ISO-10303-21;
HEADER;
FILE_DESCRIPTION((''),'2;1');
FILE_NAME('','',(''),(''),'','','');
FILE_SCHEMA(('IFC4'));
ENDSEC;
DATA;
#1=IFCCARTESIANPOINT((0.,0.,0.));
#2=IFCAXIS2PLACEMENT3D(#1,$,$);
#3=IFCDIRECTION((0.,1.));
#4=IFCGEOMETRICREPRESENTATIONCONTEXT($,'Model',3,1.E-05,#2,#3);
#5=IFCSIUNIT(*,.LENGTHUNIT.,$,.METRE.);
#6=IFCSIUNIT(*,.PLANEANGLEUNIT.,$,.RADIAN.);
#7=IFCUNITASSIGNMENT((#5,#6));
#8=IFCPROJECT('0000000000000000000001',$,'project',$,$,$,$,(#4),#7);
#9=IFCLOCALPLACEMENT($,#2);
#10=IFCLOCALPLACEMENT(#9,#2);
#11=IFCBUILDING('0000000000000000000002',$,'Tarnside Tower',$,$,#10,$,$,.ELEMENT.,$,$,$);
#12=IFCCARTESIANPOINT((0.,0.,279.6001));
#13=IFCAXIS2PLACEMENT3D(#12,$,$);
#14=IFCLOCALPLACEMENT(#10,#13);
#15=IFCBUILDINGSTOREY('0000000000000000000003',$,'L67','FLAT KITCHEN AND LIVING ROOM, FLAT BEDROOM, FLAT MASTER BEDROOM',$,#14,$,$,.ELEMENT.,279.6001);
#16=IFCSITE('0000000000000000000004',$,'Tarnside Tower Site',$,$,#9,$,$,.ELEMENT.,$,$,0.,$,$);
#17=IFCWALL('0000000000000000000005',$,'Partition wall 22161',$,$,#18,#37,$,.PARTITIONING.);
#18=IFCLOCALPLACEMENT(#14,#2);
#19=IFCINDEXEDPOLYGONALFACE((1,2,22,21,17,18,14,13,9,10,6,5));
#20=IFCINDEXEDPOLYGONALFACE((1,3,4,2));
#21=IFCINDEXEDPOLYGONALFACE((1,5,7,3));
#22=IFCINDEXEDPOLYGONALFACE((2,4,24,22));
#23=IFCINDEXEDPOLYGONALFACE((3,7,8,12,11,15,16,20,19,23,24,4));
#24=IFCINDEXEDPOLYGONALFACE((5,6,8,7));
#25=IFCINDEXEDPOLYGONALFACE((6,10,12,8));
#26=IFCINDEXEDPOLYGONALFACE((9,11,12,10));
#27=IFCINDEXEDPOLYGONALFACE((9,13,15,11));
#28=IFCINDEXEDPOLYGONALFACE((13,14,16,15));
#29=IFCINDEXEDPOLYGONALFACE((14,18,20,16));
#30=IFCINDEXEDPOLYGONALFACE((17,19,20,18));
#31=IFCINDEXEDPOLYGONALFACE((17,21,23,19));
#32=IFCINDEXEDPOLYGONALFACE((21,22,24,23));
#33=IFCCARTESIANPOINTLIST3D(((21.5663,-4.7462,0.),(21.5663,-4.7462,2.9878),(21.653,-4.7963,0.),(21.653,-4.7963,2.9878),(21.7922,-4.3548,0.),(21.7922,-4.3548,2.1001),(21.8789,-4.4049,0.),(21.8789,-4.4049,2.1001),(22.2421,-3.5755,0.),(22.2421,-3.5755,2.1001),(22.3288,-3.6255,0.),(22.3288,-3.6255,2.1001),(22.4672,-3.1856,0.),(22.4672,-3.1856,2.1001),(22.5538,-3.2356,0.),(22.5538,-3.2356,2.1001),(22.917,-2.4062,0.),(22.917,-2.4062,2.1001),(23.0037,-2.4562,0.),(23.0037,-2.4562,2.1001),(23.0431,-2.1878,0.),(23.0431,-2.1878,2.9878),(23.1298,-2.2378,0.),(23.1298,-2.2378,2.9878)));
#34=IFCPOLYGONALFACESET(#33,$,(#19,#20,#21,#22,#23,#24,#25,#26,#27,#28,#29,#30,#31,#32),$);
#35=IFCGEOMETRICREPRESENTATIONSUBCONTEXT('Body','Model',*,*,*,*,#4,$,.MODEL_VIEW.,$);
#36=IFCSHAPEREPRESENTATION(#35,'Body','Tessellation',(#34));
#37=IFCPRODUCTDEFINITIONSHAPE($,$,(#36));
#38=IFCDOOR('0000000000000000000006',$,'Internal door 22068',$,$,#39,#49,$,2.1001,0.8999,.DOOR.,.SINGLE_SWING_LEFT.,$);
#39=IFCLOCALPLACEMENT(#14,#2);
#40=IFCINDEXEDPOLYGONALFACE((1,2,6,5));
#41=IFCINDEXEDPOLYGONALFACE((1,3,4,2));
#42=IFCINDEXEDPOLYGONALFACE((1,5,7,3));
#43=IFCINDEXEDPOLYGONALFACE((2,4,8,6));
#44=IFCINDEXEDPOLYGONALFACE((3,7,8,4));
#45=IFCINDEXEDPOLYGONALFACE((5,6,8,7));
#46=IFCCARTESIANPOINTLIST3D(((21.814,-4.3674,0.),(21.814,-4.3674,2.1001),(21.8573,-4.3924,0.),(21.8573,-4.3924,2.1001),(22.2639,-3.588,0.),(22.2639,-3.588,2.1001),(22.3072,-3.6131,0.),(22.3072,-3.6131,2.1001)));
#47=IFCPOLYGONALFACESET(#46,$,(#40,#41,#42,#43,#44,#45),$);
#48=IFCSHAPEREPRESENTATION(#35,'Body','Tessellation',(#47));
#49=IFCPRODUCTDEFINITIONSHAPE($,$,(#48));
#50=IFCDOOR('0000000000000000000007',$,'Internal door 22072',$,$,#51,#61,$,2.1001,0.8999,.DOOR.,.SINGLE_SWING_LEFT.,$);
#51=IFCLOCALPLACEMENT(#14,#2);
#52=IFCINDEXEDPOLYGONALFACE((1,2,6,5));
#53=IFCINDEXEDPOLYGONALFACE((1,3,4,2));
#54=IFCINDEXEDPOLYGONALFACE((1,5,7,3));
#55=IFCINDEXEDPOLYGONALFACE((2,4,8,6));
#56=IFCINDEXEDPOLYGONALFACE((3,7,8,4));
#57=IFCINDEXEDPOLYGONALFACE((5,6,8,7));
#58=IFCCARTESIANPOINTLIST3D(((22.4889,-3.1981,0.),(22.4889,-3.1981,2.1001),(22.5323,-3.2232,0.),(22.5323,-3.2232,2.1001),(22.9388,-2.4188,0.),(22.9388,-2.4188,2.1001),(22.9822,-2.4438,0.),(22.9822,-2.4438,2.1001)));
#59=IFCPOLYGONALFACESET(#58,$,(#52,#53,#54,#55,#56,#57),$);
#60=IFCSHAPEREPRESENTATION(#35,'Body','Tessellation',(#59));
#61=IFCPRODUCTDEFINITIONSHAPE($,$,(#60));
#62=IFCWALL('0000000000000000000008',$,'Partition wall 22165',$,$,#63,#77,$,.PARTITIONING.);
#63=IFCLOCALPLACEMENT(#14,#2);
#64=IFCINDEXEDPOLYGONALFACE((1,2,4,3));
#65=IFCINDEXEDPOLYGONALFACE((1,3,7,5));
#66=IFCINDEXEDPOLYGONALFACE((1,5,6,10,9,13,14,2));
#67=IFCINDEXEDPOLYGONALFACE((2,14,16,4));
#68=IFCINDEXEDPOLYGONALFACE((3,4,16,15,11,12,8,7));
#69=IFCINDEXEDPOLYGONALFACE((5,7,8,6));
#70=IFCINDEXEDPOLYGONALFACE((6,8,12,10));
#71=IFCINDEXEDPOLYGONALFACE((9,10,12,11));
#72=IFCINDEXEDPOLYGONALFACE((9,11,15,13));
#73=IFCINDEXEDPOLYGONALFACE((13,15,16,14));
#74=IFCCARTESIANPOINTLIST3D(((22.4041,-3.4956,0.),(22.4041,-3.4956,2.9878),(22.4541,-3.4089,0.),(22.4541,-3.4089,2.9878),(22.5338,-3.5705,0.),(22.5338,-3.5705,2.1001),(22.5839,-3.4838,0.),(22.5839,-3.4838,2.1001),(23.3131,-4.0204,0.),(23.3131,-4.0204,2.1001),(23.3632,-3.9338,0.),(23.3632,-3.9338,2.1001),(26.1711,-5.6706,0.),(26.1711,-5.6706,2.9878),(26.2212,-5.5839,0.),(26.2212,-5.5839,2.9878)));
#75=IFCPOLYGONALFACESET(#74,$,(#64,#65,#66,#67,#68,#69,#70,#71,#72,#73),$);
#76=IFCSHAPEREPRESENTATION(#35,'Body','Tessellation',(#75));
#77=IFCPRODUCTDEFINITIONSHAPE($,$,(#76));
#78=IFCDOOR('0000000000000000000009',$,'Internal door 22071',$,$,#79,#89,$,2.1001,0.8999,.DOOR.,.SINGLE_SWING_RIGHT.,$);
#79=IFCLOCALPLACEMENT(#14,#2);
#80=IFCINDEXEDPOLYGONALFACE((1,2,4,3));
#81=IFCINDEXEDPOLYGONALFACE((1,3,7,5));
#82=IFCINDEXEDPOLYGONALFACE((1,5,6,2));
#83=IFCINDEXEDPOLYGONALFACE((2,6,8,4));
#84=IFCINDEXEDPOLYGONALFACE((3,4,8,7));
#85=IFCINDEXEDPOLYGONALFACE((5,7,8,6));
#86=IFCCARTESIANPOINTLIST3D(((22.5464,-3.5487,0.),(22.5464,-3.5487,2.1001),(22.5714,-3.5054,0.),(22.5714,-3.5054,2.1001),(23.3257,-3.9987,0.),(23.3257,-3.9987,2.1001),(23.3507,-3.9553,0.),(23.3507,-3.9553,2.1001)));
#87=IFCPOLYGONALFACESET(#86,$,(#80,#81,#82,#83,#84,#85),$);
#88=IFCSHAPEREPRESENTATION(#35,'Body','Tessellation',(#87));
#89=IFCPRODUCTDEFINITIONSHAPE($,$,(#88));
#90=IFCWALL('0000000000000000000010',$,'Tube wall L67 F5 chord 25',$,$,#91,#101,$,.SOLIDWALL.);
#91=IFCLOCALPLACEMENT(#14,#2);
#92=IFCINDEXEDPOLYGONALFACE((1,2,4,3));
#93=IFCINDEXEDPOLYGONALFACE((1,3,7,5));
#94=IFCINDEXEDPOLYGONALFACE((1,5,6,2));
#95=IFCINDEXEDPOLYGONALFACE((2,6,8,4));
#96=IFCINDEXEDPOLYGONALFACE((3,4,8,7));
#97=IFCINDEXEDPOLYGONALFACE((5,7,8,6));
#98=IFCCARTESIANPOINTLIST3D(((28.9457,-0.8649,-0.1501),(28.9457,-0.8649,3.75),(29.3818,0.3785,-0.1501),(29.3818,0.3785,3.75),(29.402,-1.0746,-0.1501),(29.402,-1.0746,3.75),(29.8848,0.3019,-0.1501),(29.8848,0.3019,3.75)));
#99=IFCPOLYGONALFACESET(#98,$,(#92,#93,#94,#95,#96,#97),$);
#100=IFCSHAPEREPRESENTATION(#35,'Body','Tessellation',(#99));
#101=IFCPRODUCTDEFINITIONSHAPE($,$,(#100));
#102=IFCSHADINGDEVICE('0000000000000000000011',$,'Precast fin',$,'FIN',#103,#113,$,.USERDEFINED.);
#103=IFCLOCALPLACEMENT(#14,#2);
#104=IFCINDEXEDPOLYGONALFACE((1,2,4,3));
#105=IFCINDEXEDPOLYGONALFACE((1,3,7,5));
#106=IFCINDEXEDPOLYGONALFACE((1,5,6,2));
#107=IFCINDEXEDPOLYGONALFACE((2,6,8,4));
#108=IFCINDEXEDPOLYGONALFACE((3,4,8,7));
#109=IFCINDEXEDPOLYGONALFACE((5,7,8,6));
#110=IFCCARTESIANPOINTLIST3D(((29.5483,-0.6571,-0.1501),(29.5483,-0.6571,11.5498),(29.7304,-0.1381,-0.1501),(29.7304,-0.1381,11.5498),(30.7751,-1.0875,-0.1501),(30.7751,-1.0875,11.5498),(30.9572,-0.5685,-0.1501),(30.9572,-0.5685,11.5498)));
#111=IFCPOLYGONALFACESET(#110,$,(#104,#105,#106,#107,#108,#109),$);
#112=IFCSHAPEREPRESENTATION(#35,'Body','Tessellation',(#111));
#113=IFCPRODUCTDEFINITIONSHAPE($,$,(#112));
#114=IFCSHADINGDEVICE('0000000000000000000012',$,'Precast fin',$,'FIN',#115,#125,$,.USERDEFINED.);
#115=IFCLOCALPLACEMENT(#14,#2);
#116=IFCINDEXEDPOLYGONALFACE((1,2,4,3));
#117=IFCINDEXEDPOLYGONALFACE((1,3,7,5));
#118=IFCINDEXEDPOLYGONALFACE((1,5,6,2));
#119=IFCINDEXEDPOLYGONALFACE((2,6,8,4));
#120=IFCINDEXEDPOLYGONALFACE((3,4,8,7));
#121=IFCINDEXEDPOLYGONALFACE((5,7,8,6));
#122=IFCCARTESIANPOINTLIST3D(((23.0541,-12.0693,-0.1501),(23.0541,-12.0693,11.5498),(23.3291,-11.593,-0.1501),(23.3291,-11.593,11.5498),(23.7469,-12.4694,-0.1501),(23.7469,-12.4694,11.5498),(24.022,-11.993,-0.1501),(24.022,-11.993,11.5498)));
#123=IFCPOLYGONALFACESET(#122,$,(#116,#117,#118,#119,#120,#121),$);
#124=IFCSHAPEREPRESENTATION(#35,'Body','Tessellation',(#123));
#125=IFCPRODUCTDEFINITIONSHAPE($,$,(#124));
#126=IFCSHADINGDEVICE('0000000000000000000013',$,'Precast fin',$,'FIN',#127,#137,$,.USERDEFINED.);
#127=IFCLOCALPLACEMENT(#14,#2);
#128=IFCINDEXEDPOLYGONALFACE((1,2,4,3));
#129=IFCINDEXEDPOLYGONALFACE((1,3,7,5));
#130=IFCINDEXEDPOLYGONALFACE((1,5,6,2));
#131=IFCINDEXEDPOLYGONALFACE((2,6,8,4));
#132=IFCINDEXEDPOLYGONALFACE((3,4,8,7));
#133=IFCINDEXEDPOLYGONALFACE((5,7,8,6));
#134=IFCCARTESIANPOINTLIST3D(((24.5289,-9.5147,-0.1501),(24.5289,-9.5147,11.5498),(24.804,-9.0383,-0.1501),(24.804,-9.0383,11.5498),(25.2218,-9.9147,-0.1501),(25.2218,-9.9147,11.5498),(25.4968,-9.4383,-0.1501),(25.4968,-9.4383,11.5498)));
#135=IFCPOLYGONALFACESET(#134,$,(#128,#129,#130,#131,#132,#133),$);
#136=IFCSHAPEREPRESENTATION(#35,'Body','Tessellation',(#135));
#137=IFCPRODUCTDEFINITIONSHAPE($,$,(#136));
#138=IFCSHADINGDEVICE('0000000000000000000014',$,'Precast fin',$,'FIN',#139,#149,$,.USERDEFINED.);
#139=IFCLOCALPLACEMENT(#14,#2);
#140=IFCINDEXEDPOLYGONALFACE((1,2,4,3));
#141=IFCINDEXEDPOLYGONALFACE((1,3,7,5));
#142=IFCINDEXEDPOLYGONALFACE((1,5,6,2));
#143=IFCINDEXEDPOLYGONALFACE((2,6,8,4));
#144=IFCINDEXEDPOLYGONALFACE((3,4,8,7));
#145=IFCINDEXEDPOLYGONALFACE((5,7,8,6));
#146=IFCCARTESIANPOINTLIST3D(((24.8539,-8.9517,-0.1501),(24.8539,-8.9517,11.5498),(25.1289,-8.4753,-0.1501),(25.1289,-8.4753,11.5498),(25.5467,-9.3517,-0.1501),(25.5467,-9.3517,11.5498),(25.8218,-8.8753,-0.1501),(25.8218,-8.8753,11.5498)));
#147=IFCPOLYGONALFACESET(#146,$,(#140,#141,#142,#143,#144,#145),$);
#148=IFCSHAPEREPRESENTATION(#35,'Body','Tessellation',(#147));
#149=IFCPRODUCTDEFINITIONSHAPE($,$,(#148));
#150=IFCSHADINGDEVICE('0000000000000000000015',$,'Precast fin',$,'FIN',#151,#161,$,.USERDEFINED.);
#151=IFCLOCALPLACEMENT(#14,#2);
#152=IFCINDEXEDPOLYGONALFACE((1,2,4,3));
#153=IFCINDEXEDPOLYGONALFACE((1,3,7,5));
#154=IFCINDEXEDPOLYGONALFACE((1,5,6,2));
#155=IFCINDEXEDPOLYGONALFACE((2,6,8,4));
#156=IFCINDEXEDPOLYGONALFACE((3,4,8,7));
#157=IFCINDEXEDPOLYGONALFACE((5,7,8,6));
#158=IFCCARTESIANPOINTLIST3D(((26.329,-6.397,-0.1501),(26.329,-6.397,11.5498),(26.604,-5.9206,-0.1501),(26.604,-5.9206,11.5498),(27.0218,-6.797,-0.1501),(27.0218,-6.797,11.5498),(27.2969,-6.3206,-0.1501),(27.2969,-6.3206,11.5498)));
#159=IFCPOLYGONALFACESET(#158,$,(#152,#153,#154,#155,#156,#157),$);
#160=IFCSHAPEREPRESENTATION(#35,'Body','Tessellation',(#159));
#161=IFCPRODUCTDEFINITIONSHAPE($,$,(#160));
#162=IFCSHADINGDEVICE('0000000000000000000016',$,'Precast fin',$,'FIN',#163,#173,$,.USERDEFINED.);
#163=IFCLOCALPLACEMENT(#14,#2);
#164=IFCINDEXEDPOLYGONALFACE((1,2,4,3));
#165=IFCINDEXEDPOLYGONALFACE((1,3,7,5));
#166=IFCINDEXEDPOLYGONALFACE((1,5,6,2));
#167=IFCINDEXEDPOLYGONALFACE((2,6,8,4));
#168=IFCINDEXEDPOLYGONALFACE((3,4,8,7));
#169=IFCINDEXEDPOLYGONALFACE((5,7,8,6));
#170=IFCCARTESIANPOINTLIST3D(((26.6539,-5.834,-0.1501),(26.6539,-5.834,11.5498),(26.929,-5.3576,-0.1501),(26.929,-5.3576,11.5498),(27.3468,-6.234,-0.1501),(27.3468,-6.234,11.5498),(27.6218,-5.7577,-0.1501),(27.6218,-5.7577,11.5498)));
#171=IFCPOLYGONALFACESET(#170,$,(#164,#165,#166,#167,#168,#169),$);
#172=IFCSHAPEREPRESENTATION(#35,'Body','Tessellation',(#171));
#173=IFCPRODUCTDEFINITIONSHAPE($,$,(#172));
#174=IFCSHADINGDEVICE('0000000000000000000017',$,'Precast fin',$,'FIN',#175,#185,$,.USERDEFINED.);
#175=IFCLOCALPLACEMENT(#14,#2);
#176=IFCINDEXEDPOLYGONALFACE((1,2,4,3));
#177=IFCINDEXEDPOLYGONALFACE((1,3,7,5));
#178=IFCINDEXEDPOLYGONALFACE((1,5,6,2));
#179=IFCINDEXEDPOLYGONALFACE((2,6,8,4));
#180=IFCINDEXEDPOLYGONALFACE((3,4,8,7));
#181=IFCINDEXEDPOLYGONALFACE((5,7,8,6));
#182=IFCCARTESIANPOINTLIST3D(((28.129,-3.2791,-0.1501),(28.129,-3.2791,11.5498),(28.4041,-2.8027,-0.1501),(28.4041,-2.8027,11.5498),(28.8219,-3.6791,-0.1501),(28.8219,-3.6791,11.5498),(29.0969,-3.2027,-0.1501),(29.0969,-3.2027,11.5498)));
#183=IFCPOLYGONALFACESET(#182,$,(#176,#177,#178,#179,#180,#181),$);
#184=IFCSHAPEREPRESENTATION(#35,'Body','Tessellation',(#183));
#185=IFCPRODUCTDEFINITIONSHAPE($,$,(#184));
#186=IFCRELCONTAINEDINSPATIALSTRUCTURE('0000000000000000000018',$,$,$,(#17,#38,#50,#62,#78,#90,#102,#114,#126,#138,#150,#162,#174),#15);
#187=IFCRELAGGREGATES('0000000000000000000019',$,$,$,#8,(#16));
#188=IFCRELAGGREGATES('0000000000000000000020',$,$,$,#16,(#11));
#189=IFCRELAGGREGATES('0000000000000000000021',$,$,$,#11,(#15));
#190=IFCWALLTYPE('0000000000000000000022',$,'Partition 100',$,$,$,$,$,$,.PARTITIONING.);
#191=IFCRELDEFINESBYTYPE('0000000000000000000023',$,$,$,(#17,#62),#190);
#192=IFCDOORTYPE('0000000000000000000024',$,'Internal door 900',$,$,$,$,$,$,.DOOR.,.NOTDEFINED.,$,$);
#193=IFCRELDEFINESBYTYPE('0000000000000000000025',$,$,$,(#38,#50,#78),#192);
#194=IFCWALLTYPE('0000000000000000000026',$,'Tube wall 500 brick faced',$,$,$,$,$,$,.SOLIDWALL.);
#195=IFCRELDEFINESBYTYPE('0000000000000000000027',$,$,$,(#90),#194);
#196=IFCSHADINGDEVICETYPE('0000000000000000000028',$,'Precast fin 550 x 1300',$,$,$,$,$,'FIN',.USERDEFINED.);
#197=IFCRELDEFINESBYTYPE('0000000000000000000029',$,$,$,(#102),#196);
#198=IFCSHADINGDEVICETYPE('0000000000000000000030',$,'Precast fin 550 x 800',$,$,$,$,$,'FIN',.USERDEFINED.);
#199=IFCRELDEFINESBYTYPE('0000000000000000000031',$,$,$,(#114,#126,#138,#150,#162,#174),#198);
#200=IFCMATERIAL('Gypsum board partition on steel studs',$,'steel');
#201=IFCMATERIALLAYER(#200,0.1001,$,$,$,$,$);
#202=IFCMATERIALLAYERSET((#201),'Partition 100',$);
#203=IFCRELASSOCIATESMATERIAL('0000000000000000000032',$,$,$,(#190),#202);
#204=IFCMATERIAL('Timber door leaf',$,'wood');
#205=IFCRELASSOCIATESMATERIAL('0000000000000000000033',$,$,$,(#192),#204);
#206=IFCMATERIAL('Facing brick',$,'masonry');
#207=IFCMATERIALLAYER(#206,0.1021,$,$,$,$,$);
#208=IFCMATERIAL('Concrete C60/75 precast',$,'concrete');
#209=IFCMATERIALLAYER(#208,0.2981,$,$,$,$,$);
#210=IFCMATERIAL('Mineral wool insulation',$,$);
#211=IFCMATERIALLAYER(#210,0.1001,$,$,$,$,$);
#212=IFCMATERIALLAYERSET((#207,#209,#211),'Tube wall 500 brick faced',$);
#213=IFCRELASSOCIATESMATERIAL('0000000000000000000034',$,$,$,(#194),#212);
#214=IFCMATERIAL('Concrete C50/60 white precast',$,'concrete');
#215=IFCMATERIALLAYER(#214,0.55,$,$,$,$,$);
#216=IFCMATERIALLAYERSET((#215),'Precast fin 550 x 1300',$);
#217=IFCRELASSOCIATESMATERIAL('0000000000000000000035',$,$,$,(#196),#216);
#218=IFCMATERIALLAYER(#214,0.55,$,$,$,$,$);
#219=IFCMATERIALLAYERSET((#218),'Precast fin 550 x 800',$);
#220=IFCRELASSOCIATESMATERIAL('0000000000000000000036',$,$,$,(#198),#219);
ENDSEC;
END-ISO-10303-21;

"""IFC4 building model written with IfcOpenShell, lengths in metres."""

from ifc_helpers import new_model, si_unit, direction, frame, frame_2d, origin, place, context, subcontext, project, spatial, polyline, rectangle, outline, extrude, material, layer, layer_set, type_object, element, fill, save


model = new_model("IFC4")

# Units and contexts
model_context = context("Model", 3, precision=1e-05, world=origin(), true_north=direction((0.0, 1.0)))
body_context = subcontext(model_context, "Body", "Model", "MODEL_VIEW")
ifc_project = project(units=[si_unit("LENGTHUNIT", "METRE"), si_unit("PLANEANGLEUNIT", "RADIAN")], contexts=[model_context])

# Site, building, storey
site_placement = place(None, origin())
site = spatial("IfcSite", under=ifc_project, at=site_placement, Name="Tarnside Tower Site", CompositionType="ELEMENT", RefElevation=0.0)
building_placement = place(site_placement, origin())
building = spatial("IfcBuilding", under=site, at=building_placement, Name="Tarnside Tower", CompositionType="ELEMENT")
storey_placement = place(building_placement, frame((0.0, 0.0, 279.6001)))
storey = spatial("IfcBuildingStorey", under=building, at=storey_placement, Name="L67", Description="FLAT KITCHEN AND LIVING ROOM, FLAT BEDROOM, FLAT MASTER BEDROOM", CompositionType="ELEMENT", Elevation=279.6001)

# Shared definitions
ifc_material_1 = material(Name="Gypsum board partition on steel studs", Category="steel")
ifc_material_2 = material(Name="Timber door leaf", Category="wood")

# Shared definitions
ifc_layer_1 = layer(ifc_material_1, 0.1001)
ifc_layer_set_1 = layer_set([ifc_layer_1], Name="Partition 100")
wall_type_1 = type_object("IfcWallType", Name="Partition 100", PredefinedType="PARTITIONING", material=ifc_layer_set_1)

# Shared definitions
door_type_1 = type_object("IfcDoorType", Name="Internal door 900", OperationType="NOTDEFINED", PredefinedType="DOOR", material=ifc_material_2)

# Wall, openings, doors
wall_1_placement = place(storey_placement, frame((21.6096, -4.7712, 0.0), z_axis=(0.0, 0.0, 1.0), x_axis=(0.499935, 0.866063, 0.0)))
wall_1 = element("IfcWall", 1, at=wall_1_placement, inside=storey, type_object=wall_type_1, Name="Partition wall 22161", PredefinedType="PARTITIONING", context=body_context, shape_type="SweptSolid", body=[
    extrude(rectangle(XDim=2.9541, YDim=0.1001, at=frame_2d((1.4771, 0.0))), origin(), (0.0, 0.0, 1.0), 2.9878),
])
opening_1_placement = place(wall_1_placement, frame((0.4519, 0.0, 0.0)))
opening_1 = element("IfcOpeningElement", 2, at=opening_1_placement, cuts=wall_1, PredefinedType="OPENING", context=body_context, shape_type="SweptSolid", body=[
    extrude(rectangle(XDim=0.8999, YDim=2.1001, at=frame_2d((0.45, 1.05))), frame((0.0, 0.0601, 0.0), z_axis=(0.0, -1.0, 0.0), x_axis=(1.0, 0.0, 0.0)), (0.0, 0.0, 1.0), 0.1201),
])
opening_2_placement = place(wall_1_placement, frame((1.802, 0.0, 0.0)))
opening_2 = element("IfcOpeningElement", 3, at=opening_2_placement, cuts=wall_1, PredefinedType="OPENING", context=body_context, shape_type="SweptSolid", body=[
    extrude(rectangle(XDim=0.8999, YDim=2.1001, at=frame_2d((0.45, 1.05))), frame((0.0, 0.0601, 0.0), z_axis=(0.0, -1.0, 0.0), x_axis=(1.0, 0.0, 0.0)), (0.0, 0.0, 1.0), 0.1201),
])
door_1_placement = place(opening_1_placement, origin())
door_1 = element("IfcDoor", 4, at=door_1_placement, inside=storey, type_object=door_type_1, Name="Internal door 22068", OperationType="SINGLE_SWING_LEFT", OverallHeight=2.1001, OverallWidth=0.8999, PredefinedType="DOOR", context=body_context, shape_type="SweptSolid", body=[
    extrude(rectangle(XDim=0.8999, YDim=2.1001, at=frame_2d((0.45, 1.05))), frame((0.0, 0.0249, 0.0), z_axis=(0.0, -1.0, 0.0), x_axis=(1.0, 0.0, 0.0)), (0.0, 0.0, 1.0), 0.05),
])
fill(opening_1, door_1)
door_2_placement = place(opening_2_placement, origin())
door_2 = element("IfcDoor", 5, at=door_2_placement, inside=storey, type_object=door_type_1, Name="Internal door 22072", OperationType="SINGLE_SWING_LEFT", OverallHeight=2.1001, OverallWidth=0.8999, PredefinedType="DOOR", context=body_context, shape_type="SweptSolid", body=[
    extrude(rectangle(XDim=0.8999, YDim=2.1001, at=frame_2d((0.45, 1.05))), frame((0.0, 0.0249, 0.0), z_axis=(0.0, -1.0, 0.0), x_axis=(1.0, 0.0, 0.0)), (0.0, 0.0, 1.0), 0.05),
])
fill(opening_2, door_2)

# Wall, opening, door
wall_2_placement = place(storey_placement, frame((26.196, -5.6272, 0.0), z_axis=(0.0, 0.0, 1.0), x_axis=(-0.866014, 0.50002, 0.0)))
wall_2 = element("IfcWall", 6, at=wall_2_placement, inside=storey, type_object=wall_type_1, Name="Partition wall 22165", PredefinedType="PARTITIONING", context=body_context, shape_type="SweptSolid", body=[
    extrude(rectangle(XDim=4.3499, YDim=0.1001, at=frame_2d((2.1748, 0.0))), origin(), (0.0, 0.0, 1.0), 2.9878),
])
opening_3_placement = place(wall_2_placement, frame((3.3, 0.0, 0.0)))
opening_3 = element("IfcOpeningElement", 7, at=opening_3_placement, cuts=wall_2, PredefinedType="OPENING", context=body_context, shape_type="SweptSolid", body=[
    extrude(rectangle(XDim=0.8999, YDim=2.1001, at=frame_2d((0.45, 1.05))), frame((0.0, 0.0601, 0.0), z_axis=(0.0, -1.0, 0.0), x_axis=(1.0, 0.0, 0.0)), (0.0, 0.0, 1.0), 0.1201),
])
door_3_placement = place(opening_3_placement, origin())
door_3 = element("IfcDoor", 8, at=door_3_placement, inside=storey, type_object=door_type_1, Name="Internal door 22071", OperationType="SINGLE_SWING_RIGHT", OverallHeight=2.1001, OverallWidth=0.8999, PredefinedType="DOOR", context=body_context, shape_type="SweptSolid", body=[
    extrude(rectangle(XDim=0.8999, YDim=2.1001, at=frame_2d((0.45, 1.05))), frame((0.0, 0.0249, 0.0), z_axis=(0.0, -1.0, 0.0), x_axis=(1.0, 0.0, 0.0)), (0.0, 0.0, 1.0), 0.05),
])
fill(opening_3, door_3)

# Wall
ifc_material_3 = material(Name="Facing brick", Category="masonry")
ifc_layer_2 = layer(ifc_material_3, 0.1021)
ifc_material_4 = material(Name="Concrete C60/75 precast", Category="concrete")
ifc_layer_3 = layer(ifc_material_4, 0.2981)
ifc_material_5 = material(Name="Mineral wool insulation")
ifc_layer_4 = layer(ifc_material_5, 0.1001)
ifc_layer_set_2 = layer_set([ifc_layer_2, ifc_layer_3, ifc_layer_4], Name="Tube wall 500 brick faced")
wall_type_2 = type_object("IfcWallType", Name="Tube wall 500 brick faced", PredefinedType="SOLIDWALL", material=ifc_layer_set_2)
wall_3_placement = place(storey_placement, frame((29.1738, -0.9697, -0.1501), z_axis=(0.0, 0.0, 1.0), x_axis=(0.330961, 0.943644, 0.0)))
element("IfcWall", 9, at=wall_3_placement, inside=storey, type_object=wall_type_2, Name="Tube wall L67 F5 chord 25", PredefinedType="SOLIDWALL", context=body_context, shape_type="SweptSolid", body=[
    extrude(outline(polyline([(-0.0234, -0.25), (1.4353, -0.25), (1.3411, 0.25), (0.0234, 0.25), (-0.0234, -0.25)])), origin(), (0.0, 0.0, 1.0), 3.9001),
])

# Shading devices
ifc_material_6 = material(Name="Concrete C50/60 white precast", Category="concrete")
ifc_layer_5 = layer(ifc_material_6, 0.55)
ifc_layer_set_3 = layer_set([ifc_layer_5], Name="Precast fin 550 x 1300")
shading_device_type_1 = type_object("IfcShadingDeviceType", Name="Precast fin 550 x 1300", ElementType="FIN", PredefinedType="USERDEFINED", material=ifc_layer_set_3)
shading_device_placement = place(storey_placement, frame((29.6394, -0.3975, -0.1501), z_axis=(-0.331063, -0.943609, 0.0), x_axis=(0.943609, -0.331063, 0.0)))
element("IfcShadingDevice", 10, at=shading_device_placement, inside=storey, type_object=shading_device_type_1, Name="Precast fin", ObjectType="FIN", PredefinedType="USERDEFINED", context=body_context, shape_type="SweptSolid", body=[
    extrude(outline(polyline([(0.0, 0.0), (1.3, 0.0), (1.3, 11.7), (0.0, 11.7), (0.0, 0.0)])), frame((0.0, 0.0, -0.2749)), (0.0, 0.0, 1.0), 0.55),
])
ifc_layer_6 = layer(ifc_material_6, 0.55)
ifc_layer_set_4 = layer_set([ifc_layer_6], Name="Precast fin 550 x 800")
shading_device_type_2 = type_object("IfcShadingDeviceType", Name="Precast fin 550 x 800", ElementType="FIN", PredefinedType="USERDEFINED", material=ifc_layer_set_4)
for number, where, z_axis, x_axis, name in (
    (11, (23.1917, -11.8311, -0.1501), (-0.5, -0.866025, 0.0), (0.866025, -0.5, 0.0), "Precast fin"),
    (12, (24.6665, -9.2764, -0.1501), (-0.5, -0.866025, 0.0), (0.866025, -0.5, 0.0), "Precast fin"),
    (13, (24.9915, -8.7134, -0.1501), (-0.5, -0.866025, 0.0), (0.866025, -0.5, 0.0), "Precast fin"),
    (14, (26.4666, -6.1587, -0.1501), (-0.5, -0.866025, 0.0), (0.866025, -0.5, 0.0), "Precast fin"),
    (15, (26.7915, -5.5957, -0.1501), (-0.5, -0.866025, 0.0), (0.866025, -0.5, 0.0), "Precast fin"),
    (16, (28.2666, -3.0408, -0.1501), (-0.5, -0.866025, 0.0), (0.866025, -0.5, 0.0), "Precast fin"),
):
    element("IfcShadingDevice", number, at=place(storey_placement, frame(where, z_axis=z_axis, x_axis=x_axis)), inside=storey, type_object=shading_device_type_2, Name=name, ObjectType="FIN", PredefinedType="USERDEFINED", context=body_context, shape_type="SweptSolid", body=[
        extrude(outline(polyline([(0.0, 0.0), (0.8, 0.0), (0.8, 11.7), (0.0, 11.7), (0.0, 0.0)])), frame((0.0, 0.0, -0.2749)), (0.0, 0.0, 1.0), 0.55),
    ])

save(model, "model.ifc")
